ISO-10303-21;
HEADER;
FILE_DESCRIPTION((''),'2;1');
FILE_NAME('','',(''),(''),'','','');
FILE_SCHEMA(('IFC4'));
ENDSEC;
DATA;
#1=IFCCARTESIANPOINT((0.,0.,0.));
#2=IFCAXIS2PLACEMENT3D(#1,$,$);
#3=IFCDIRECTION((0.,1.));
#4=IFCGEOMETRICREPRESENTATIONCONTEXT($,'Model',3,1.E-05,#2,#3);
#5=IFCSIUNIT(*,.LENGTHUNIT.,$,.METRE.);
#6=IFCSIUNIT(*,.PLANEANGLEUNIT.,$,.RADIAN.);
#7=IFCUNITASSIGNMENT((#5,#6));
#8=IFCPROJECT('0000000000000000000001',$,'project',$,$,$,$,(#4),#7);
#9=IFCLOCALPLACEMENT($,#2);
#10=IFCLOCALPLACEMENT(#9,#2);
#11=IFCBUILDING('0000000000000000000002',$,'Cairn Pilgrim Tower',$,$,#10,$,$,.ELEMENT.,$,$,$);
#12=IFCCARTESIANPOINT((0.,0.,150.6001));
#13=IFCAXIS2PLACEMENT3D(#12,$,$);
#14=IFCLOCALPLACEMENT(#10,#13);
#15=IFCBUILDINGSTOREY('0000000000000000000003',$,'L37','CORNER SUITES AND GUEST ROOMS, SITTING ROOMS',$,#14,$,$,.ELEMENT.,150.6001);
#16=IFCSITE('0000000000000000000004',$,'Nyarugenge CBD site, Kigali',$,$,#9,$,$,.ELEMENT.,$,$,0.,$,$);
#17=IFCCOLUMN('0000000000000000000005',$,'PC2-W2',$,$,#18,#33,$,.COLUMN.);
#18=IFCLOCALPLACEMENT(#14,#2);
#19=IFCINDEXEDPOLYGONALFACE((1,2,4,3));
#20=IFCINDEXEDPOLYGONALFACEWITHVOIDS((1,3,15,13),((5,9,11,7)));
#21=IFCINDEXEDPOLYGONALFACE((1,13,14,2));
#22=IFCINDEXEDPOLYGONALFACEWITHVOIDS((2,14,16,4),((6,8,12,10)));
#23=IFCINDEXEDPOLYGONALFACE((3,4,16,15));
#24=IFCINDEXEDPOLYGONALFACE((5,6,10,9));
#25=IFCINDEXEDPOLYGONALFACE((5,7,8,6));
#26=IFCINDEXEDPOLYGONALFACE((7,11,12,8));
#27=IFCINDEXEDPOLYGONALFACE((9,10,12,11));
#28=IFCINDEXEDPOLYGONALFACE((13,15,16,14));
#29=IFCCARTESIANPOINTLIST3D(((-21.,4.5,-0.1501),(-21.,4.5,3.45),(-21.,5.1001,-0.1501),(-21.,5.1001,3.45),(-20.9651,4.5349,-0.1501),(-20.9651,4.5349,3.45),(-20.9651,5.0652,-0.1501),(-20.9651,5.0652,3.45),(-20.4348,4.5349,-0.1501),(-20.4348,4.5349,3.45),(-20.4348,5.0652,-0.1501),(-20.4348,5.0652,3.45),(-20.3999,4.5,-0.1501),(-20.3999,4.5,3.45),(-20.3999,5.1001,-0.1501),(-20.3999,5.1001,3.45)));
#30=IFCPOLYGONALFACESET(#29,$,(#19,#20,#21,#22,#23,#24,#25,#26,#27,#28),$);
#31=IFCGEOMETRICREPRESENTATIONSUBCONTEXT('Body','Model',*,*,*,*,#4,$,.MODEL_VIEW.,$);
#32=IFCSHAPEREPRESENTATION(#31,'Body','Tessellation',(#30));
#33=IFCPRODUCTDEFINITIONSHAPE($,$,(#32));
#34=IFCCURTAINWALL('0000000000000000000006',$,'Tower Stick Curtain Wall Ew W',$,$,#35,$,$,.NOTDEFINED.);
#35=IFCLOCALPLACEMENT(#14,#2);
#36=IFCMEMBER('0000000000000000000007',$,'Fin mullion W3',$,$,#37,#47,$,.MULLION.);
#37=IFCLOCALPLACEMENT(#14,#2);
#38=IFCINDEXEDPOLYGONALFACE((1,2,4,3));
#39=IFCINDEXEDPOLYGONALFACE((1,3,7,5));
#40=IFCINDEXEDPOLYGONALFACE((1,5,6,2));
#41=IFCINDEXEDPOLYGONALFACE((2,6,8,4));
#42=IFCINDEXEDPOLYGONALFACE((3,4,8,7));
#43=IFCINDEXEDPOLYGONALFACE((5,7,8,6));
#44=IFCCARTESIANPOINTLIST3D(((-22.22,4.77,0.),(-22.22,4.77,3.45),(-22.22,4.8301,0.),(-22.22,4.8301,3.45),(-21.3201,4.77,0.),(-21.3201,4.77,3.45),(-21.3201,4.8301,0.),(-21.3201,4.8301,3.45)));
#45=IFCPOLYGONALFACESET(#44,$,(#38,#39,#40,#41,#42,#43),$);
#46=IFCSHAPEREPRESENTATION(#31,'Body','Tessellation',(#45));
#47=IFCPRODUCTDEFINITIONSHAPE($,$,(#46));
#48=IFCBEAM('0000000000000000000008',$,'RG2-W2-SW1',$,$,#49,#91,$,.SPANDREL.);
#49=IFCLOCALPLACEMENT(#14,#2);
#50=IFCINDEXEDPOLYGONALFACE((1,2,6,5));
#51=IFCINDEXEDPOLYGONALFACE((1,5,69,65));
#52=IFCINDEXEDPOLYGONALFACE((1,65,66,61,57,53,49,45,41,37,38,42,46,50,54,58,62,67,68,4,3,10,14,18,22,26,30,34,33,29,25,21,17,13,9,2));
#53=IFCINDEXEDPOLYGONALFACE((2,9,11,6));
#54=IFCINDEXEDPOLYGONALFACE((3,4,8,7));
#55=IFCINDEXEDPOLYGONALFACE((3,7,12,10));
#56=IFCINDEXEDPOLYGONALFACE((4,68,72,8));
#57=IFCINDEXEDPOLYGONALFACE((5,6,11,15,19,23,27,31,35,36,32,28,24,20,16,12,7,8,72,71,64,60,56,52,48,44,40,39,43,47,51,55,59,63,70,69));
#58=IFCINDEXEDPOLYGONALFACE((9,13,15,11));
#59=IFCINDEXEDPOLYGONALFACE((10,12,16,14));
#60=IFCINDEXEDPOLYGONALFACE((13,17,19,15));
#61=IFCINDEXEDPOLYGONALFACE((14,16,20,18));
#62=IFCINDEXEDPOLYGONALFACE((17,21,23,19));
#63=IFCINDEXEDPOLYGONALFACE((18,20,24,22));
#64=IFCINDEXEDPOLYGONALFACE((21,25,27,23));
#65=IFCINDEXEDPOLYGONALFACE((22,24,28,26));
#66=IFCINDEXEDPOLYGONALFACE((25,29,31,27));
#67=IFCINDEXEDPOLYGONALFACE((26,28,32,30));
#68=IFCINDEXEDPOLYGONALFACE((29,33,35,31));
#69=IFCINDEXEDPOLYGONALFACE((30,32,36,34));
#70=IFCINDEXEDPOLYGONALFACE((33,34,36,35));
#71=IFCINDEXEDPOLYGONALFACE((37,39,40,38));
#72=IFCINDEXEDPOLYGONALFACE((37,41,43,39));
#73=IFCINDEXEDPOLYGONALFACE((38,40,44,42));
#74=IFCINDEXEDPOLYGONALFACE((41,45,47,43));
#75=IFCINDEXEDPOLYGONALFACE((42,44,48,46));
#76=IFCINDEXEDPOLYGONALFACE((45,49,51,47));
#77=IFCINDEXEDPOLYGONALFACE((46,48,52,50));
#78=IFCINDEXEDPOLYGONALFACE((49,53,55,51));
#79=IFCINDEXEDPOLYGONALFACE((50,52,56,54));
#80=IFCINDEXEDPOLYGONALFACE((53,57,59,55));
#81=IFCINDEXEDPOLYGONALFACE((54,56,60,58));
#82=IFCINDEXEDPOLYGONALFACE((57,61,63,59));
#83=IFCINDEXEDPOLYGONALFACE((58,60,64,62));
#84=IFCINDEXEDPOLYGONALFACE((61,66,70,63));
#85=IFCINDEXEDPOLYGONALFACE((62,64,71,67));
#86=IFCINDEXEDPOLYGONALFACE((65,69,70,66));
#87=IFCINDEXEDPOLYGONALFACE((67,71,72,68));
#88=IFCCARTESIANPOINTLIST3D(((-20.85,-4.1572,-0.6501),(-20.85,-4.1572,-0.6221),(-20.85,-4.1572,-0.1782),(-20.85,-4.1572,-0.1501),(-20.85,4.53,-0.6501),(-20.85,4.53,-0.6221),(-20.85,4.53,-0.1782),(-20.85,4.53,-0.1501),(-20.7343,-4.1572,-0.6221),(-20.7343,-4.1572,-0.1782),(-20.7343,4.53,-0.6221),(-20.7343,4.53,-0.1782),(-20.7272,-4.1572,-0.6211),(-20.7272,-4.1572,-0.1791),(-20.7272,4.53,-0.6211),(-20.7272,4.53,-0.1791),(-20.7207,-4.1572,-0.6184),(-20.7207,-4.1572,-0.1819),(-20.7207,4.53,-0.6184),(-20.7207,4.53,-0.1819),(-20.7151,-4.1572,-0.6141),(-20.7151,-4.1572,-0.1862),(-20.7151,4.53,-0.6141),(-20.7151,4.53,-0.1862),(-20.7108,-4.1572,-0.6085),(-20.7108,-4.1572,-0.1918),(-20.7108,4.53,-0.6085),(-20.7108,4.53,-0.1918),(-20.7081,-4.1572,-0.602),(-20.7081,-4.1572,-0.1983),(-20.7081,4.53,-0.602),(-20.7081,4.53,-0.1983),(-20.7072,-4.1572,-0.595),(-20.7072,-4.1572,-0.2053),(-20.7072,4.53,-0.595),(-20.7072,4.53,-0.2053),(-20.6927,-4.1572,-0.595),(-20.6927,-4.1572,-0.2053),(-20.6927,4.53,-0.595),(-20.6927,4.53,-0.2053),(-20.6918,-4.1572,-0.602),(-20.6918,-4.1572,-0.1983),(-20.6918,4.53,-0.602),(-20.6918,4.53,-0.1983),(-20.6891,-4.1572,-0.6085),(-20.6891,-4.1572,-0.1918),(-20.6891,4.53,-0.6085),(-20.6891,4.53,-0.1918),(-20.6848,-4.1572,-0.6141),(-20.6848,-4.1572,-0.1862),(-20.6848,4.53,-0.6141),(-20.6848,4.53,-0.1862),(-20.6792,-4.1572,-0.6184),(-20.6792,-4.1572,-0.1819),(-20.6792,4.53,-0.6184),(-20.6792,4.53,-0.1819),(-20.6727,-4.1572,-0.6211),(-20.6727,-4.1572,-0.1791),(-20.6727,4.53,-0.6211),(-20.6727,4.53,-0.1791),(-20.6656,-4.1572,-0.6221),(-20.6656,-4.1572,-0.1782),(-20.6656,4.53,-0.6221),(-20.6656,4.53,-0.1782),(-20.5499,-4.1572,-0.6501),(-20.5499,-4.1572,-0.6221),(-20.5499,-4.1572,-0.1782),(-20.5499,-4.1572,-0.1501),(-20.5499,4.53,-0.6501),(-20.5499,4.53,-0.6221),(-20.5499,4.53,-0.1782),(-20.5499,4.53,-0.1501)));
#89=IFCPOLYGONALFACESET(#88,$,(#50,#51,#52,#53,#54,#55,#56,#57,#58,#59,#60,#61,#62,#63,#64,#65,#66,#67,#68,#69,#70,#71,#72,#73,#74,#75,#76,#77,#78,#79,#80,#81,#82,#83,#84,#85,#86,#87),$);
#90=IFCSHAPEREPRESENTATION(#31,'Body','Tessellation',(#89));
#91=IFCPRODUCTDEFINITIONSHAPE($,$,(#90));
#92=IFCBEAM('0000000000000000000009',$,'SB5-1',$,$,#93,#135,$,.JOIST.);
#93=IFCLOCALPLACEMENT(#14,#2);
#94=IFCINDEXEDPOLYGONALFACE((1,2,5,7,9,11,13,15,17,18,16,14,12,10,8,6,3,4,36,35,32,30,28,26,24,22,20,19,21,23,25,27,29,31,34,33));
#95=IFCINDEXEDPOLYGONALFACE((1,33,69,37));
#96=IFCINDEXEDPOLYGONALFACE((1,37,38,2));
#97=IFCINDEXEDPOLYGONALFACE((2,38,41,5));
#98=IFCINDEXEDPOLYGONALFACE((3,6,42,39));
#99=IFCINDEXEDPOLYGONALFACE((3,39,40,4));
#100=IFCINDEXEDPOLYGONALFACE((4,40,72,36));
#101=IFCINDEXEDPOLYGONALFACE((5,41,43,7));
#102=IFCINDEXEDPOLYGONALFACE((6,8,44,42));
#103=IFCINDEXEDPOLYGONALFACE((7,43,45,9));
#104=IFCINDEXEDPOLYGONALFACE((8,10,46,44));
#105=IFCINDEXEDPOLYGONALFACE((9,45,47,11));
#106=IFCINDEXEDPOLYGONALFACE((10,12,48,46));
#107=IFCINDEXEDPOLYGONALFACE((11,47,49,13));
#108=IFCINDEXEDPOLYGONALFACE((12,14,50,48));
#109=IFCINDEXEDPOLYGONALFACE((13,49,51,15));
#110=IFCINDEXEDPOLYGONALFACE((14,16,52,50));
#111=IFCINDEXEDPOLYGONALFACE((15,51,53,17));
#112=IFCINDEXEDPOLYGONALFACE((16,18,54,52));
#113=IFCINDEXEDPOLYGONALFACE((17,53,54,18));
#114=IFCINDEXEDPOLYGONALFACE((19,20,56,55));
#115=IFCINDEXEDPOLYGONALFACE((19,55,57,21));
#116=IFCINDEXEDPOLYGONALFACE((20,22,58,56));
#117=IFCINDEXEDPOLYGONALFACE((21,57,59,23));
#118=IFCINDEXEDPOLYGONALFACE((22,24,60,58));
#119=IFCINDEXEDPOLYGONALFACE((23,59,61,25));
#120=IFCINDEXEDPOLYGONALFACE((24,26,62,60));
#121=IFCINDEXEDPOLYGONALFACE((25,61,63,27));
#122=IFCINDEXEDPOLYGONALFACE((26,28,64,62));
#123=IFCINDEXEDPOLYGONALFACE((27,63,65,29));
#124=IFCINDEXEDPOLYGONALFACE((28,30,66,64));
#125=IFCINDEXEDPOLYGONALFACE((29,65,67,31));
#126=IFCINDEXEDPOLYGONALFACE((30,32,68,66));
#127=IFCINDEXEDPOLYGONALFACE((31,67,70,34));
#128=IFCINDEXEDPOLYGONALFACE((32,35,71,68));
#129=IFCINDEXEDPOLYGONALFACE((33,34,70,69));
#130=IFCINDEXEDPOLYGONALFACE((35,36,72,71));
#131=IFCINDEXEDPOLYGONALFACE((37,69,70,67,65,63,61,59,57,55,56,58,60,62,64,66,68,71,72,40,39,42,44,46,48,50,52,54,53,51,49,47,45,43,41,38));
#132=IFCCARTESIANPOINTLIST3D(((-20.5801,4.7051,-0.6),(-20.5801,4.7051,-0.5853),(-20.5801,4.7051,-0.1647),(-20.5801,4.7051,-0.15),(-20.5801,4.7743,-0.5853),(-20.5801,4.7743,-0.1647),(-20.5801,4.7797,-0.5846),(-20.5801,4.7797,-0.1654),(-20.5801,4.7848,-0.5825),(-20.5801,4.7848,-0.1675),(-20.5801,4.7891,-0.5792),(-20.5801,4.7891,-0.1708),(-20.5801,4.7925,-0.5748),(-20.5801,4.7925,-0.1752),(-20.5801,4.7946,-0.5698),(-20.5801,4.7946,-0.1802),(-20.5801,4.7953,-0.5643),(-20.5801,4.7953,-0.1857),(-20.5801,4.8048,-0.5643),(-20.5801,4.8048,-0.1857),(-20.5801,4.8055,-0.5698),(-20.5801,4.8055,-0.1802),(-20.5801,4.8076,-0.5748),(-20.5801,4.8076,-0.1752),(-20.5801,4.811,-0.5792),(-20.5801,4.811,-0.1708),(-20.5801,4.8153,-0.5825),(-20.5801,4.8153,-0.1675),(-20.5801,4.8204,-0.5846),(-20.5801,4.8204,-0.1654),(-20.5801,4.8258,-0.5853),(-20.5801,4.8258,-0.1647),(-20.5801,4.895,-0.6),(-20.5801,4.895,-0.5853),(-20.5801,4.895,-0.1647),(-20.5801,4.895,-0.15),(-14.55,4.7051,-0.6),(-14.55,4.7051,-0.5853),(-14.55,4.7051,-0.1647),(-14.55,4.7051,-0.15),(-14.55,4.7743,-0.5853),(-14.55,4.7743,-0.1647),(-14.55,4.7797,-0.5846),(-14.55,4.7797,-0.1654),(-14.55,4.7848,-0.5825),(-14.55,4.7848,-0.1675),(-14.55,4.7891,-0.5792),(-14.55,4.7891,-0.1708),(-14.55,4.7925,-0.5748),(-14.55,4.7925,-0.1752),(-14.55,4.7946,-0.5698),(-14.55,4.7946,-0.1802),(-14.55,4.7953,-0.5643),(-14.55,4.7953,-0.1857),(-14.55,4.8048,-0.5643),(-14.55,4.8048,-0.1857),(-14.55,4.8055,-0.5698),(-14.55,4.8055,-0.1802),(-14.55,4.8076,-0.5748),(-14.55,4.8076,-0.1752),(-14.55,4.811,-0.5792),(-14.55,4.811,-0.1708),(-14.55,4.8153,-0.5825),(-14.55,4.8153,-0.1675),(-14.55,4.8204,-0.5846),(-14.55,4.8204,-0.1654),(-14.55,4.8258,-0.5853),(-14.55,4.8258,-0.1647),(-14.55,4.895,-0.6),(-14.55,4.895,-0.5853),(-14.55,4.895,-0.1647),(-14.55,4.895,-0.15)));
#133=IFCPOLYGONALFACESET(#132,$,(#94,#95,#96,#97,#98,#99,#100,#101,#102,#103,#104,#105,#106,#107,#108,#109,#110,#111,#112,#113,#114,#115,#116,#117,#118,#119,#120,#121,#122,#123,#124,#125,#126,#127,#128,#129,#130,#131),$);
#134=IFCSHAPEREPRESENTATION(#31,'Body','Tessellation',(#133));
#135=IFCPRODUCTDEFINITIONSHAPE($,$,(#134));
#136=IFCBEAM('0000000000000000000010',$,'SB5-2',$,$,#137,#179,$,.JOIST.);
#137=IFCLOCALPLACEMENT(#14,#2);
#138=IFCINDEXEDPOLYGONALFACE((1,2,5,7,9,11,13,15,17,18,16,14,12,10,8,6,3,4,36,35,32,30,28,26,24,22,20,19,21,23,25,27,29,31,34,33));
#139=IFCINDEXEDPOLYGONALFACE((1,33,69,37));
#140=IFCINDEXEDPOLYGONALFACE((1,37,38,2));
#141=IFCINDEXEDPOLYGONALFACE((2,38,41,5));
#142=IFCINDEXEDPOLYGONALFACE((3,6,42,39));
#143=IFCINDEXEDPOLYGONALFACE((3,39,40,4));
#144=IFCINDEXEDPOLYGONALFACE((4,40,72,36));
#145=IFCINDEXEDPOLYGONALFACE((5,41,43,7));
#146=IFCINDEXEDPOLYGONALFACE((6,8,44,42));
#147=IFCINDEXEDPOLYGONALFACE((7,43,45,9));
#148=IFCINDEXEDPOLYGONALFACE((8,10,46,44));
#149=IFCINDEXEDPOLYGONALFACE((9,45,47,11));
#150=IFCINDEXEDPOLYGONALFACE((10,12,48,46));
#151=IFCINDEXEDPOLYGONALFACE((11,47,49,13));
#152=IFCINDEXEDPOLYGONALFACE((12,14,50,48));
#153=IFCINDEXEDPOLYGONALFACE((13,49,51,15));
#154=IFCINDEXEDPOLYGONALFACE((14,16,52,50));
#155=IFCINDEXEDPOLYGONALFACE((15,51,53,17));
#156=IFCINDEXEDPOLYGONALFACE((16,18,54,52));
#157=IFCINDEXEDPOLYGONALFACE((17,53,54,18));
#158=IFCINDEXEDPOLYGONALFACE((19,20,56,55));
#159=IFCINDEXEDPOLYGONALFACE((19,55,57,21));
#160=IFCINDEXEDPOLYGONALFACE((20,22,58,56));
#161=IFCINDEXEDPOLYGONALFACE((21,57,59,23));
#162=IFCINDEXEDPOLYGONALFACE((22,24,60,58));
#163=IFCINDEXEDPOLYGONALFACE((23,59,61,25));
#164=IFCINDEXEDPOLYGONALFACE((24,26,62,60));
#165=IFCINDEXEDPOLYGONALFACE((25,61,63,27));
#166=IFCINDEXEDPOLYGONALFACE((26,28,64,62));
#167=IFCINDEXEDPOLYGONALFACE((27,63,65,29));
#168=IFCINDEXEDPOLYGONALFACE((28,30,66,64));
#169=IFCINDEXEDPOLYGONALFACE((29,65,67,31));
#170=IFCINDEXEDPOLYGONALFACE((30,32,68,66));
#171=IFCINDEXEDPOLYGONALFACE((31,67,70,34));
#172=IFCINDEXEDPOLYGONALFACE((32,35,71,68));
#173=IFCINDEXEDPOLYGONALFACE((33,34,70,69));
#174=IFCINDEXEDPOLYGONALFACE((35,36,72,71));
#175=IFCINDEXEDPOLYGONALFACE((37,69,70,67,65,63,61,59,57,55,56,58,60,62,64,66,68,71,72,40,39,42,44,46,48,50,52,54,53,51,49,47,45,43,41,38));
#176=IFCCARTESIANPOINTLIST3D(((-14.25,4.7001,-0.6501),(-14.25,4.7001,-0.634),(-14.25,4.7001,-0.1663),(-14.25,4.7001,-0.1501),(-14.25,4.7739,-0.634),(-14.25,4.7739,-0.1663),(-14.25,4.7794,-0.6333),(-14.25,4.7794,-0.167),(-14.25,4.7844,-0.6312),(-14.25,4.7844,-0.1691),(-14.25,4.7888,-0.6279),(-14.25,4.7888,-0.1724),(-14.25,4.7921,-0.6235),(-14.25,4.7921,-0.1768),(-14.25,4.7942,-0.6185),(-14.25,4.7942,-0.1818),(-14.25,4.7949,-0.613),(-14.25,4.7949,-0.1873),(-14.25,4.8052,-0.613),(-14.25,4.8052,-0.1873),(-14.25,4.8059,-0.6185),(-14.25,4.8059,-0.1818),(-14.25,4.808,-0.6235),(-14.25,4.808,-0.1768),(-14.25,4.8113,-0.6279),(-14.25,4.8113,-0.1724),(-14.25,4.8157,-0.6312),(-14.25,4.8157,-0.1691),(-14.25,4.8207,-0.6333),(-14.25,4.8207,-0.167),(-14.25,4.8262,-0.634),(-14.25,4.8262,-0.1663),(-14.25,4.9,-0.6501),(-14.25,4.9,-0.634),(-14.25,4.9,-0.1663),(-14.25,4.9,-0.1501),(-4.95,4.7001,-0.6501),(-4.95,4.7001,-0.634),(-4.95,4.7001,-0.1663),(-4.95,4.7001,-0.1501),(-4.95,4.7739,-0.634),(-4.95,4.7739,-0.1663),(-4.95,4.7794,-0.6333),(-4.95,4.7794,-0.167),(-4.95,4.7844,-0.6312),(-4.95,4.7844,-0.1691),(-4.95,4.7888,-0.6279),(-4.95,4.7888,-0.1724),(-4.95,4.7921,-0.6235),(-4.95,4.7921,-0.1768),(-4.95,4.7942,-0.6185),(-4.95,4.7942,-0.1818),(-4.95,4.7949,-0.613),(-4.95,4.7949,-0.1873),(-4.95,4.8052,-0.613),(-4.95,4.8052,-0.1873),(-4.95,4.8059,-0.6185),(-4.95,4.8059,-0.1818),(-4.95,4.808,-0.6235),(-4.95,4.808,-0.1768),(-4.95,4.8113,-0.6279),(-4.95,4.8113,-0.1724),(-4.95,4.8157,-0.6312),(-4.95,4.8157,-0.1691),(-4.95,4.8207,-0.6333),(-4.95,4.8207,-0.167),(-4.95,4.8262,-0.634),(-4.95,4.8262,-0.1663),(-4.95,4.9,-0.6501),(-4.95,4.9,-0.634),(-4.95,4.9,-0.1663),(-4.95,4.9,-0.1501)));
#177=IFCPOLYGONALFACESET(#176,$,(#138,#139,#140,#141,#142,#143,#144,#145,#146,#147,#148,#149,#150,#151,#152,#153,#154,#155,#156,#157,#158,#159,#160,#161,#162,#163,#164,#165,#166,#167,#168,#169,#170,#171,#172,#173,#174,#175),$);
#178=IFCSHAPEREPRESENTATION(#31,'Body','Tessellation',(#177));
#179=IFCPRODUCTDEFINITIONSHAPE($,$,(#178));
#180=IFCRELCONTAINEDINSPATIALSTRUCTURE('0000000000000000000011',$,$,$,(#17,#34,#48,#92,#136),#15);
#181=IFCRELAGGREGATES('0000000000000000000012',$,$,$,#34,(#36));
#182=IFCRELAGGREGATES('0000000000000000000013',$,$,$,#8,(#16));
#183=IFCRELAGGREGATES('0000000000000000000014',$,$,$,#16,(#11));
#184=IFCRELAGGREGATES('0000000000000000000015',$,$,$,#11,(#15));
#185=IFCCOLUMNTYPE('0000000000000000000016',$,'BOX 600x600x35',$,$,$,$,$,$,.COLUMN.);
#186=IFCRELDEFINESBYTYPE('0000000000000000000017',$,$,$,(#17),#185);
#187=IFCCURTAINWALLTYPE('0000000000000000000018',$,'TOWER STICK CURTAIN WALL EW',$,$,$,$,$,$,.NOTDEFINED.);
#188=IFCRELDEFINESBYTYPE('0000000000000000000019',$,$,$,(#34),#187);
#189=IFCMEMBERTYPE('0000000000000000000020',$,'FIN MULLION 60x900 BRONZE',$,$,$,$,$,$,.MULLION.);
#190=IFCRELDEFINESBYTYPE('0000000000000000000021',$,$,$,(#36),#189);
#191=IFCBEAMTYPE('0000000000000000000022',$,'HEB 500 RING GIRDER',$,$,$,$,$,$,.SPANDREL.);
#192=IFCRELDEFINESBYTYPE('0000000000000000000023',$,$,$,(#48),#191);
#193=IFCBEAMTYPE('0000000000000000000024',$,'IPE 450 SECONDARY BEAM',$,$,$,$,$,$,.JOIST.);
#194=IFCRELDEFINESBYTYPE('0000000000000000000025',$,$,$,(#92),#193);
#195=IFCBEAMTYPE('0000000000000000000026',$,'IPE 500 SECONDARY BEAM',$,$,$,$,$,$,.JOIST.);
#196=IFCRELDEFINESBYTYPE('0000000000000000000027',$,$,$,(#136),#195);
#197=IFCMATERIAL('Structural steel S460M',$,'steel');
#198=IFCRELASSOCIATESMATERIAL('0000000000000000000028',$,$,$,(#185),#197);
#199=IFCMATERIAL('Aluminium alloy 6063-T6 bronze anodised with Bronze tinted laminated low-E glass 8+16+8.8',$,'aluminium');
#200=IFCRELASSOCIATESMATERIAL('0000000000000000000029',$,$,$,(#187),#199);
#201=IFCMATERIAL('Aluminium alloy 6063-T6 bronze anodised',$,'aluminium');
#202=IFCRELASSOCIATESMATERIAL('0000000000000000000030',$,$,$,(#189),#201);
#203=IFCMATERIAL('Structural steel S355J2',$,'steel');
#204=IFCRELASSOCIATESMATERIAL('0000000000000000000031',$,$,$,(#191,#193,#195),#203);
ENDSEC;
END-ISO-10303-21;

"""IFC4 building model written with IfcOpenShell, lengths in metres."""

from ifc_helpers import new_model, si_unit, direction, frame, origin, origin_2d, place, context, subcontext, project, spatial, rectangle, hollow_rectangle, i_section, extrude, material, material_profile, profile_set, type_object, element, aggregate, save


model = new_model("IFC4")

# Units and contexts
model_context = context("Model", 3, precision=1e-05, world=origin(), true_north=direction((0.0, 1.0)))
body_context = subcontext(model_context, "Body", "Model", "MODEL_VIEW")
ifc_project = project(units=[si_unit("LENGTHUNIT", "METRE"), si_unit("PLANEANGLEUNIT", "RADIAN")], contexts=[model_context])

# Site, building, storey
site_placement = place(None, origin())
site = spatial("IfcSite", under=ifc_project, at=site_placement, Name="Nyarugenge CBD site, Kigali", CompositionType="ELEMENT", RefElevation=0.0)
building_placement = place(site_placement, origin())
building = spatial("IfcBuilding", under=site, at=building_placement, Name="Cairn Pilgrim Tower", CompositionType="ELEMENT")
storey_placement = place(building_placement, frame((0.0, 0.0, 150.6001)))
storey = spatial("IfcBuildingStorey", under=building, at=storey_placement, Name="L37", Description="CORNER SUITES AND GUEST ROOMS, SITTING ROOMS", CompositionType="ELEMENT", Elevation=150.6001)

# Column
ifc_material_1 = material(Name="Structural steel S460M", Category="steel")
ifc_material_profile_1 = material_profile(ifc_material_1, hollow_rectangle(XDim=0.6001, YDim=0.6001, WallThickness=0.0349, at=origin_2d()), Name="BOX 600x600x35")
ifc_profile_set_1 = profile_set([ifc_material_profile_1], Name="Structural steel S460M")
column_type = type_object("IfcColumnType", Name="BOX 600x600x35", PredefinedType="COLUMN", material=ifc_profile_set_1)
column_placement = place(storey_placement, frame((-20.7, 4.8, -0.1501), z_axis=(0.0, 0.0, 1.0), x_axis=(1.0, 0.0, 0.0)))
element("IfcColumn", 1, at=column_placement, inside=storey, type_object=column_type, Name="PC2-W2", PredefinedType="COLUMN", context=body_context, shape_type="SweptSolid", body=[
    extrude(hollow_rectangle(XDim=0.6001, YDim=0.6001, WallThickness=0.0349, at=origin_2d()), origin(), (0.0, 0.0, 1.0), 3.6001),
])

# Curtain wall, member
ifc_material_2 = material(Name="Aluminium alloy 6063-T6 bronze anodised with Bronze tinted laminated low-E glass 8+16+8.8", Category="aluminium")
curtain_wall_type = type_object("IfcCurtainWallType", Name="TOWER STICK CURTAIN WALL EW", PredefinedType="NOTDEFINED", material=ifc_material_2)
curtain_wall_placement = place(storey_placement, origin())
curtain_wall = element("IfcCurtainWall", 2, at=curtain_wall_placement, inside=storey, type_object=curtain_wall_type, Name="Tower Stick Curtain Wall Ew W", PredefinedType="NOTDEFINED")
ifc_material_3 = material(Name="Aluminium alloy 6063-T6 bronze anodised", Category="aluminium")
ifc_material_profile_2 = material_profile(ifc_material_3, rectangle(XDim=0.8999, YDim=0.0601, at=origin_2d()), Name="FIN MULLION 60x900 BRONZE")
ifc_profile_set_2 = profile_set([ifc_material_profile_2], Name="Aluminium alloy 6063-T6 bronze anodised")
member_type = type_object("IfcMemberType", Name="FIN MULLION 60x900 BRONZE", PredefinedType="MULLION", material=ifc_profile_set_2)
member_placement = place(storey_placement, frame((-21.77, 4.8, 0.0), z_axis=(0.0, 0.0, 1.0), x_axis=(-1.0, 0.0, 0.0)))
member = element("IfcMember", 3, at=member_placement, type_object=member_type, Name="Fin mullion W3", PredefinedType="MULLION", context=body_context, shape_type="SweptSolid", body=[
    extrude(rectangle(XDim=0.8999, YDim=0.0601, at=origin_2d()), origin(), (0.0, 0.0, 1.0), 3.45),
])
aggregate(curtain_wall, [member])

# Beams
ifc_material_4 = material(Name="Structural steel S355J2", Category="steel")
ifc_material_profile_3 = material_profile(ifc_material_4, i_section(OverallWidth=0.3, OverallDepth=0.5, WebThickness=0.0144, FlangeThickness=0.0281, FilletRadius=0.0271, at=origin_2d()), Name="HEB 500")
ifc_profile_set_3 = profile_set([ifc_material_profile_3], Name="Structural steel S355J2")
beam_type_1 = type_object("IfcBeamType", Name="HEB 500 RING GIRDER", PredefinedType="SPANDREL", material=ifc_profile_set_3)
beam_1_placement = place(storey_placement, frame((-20.7, 4.53, -0.4001), z_axis=(0.0, -1.0, 0.0), x_axis=(1.0, 0.0, 0.0)))
element("IfcBeam", 4, at=beam_1_placement, inside=storey, type_object=beam_type_1, Name="RG2-W2-SW1", PredefinedType="SPANDREL", context=body_context, shape_type="SweptSolid", body=[
    extrude(i_section(OverallWidth=0.3, OverallDepth=0.5, WebThickness=0.0144, FlangeThickness=0.0281, FilletRadius=0.0271, at=origin_2d()), origin(), (0.0, 0.0, 1.0), 8.6873),
])
ifc_material_profile_4 = material_profile(ifc_material_4, i_section(OverallWidth=0.1899, OverallDepth=0.45, WebThickness=0.0095, FlangeThickness=0.0146, FilletRadius=0.021, at=origin_2d()), Name="IPE 450")
ifc_profile_set_4 = profile_set([ifc_material_profile_4], Name="Structural steel S355J2")
beam_type_2 = type_object("IfcBeamType", Name="IPE 450 SECONDARY BEAM", PredefinedType="JOIST", material=ifc_profile_set_4)
beam_2_placement = place(storey_placement, frame((-20.5801, 4.8, -0.375), z_axis=(1.0, 0.0, 0.0), x_axis=(0.0, 1.0, 0.0)))
element("IfcBeam", 5, at=beam_2_placement, inside=storey, type_object=beam_type_2, Name="SB5-1", PredefinedType="JOIST", context=body_context, shape_type="SweptSolid", body=[
    extrude(i_section(OverallWidth=0.1899, OverallDepth=0.45, WebThickness=0.0095, FlangeThickness=0.0146, FilletRadius=0.021, at=origin_2d()), origin(), (0.0, 0.0, 1.0), 6.03),
])
ifc_material_profile_5 = material_profile(ifc_material_4, i_section(OverallWidth=0.2, OverallDepth=0.5, WebThickness=0.0103, FlangeThickness=0.0161, FilletRadius=0.021, at=origin_2d()), Name="IPE 500")
ifc_profile_set_5 = profile_set([ifc_material_profile_5], Name="Structural steel S355J2")
beam_type_3 = type_object("IfcBeamType", Name="IPE 500 SECONDARY BEAM", PredefinedType="JOIST", material=ifc_profile_set_5)
beam_3_placement = place(storey_placement, frame((-14.25, 4.8, -0.4001), z_axis=(1.0, 0.0, 0.0), x_axis=(0.0, 1.0, 0.0)))
element("IfcBeam", 6, at=beam_3_placement, inside=storey, type_object=beam_type_3, Name="SB5-2", PredefinedType="JOIST", context=body_context, shape_type="SweptSolid", body=[
    extrude(i_section(OverallWidth=0.2, OverallDepth=0.5, WebThickness=0.0103, FlangeThickness=0.0161, FilletRadius=0.021, at=origin_2d()), origin(), (0.0, 0.0, 1.0), 9.3),
])

save(model, "model.ifc")
